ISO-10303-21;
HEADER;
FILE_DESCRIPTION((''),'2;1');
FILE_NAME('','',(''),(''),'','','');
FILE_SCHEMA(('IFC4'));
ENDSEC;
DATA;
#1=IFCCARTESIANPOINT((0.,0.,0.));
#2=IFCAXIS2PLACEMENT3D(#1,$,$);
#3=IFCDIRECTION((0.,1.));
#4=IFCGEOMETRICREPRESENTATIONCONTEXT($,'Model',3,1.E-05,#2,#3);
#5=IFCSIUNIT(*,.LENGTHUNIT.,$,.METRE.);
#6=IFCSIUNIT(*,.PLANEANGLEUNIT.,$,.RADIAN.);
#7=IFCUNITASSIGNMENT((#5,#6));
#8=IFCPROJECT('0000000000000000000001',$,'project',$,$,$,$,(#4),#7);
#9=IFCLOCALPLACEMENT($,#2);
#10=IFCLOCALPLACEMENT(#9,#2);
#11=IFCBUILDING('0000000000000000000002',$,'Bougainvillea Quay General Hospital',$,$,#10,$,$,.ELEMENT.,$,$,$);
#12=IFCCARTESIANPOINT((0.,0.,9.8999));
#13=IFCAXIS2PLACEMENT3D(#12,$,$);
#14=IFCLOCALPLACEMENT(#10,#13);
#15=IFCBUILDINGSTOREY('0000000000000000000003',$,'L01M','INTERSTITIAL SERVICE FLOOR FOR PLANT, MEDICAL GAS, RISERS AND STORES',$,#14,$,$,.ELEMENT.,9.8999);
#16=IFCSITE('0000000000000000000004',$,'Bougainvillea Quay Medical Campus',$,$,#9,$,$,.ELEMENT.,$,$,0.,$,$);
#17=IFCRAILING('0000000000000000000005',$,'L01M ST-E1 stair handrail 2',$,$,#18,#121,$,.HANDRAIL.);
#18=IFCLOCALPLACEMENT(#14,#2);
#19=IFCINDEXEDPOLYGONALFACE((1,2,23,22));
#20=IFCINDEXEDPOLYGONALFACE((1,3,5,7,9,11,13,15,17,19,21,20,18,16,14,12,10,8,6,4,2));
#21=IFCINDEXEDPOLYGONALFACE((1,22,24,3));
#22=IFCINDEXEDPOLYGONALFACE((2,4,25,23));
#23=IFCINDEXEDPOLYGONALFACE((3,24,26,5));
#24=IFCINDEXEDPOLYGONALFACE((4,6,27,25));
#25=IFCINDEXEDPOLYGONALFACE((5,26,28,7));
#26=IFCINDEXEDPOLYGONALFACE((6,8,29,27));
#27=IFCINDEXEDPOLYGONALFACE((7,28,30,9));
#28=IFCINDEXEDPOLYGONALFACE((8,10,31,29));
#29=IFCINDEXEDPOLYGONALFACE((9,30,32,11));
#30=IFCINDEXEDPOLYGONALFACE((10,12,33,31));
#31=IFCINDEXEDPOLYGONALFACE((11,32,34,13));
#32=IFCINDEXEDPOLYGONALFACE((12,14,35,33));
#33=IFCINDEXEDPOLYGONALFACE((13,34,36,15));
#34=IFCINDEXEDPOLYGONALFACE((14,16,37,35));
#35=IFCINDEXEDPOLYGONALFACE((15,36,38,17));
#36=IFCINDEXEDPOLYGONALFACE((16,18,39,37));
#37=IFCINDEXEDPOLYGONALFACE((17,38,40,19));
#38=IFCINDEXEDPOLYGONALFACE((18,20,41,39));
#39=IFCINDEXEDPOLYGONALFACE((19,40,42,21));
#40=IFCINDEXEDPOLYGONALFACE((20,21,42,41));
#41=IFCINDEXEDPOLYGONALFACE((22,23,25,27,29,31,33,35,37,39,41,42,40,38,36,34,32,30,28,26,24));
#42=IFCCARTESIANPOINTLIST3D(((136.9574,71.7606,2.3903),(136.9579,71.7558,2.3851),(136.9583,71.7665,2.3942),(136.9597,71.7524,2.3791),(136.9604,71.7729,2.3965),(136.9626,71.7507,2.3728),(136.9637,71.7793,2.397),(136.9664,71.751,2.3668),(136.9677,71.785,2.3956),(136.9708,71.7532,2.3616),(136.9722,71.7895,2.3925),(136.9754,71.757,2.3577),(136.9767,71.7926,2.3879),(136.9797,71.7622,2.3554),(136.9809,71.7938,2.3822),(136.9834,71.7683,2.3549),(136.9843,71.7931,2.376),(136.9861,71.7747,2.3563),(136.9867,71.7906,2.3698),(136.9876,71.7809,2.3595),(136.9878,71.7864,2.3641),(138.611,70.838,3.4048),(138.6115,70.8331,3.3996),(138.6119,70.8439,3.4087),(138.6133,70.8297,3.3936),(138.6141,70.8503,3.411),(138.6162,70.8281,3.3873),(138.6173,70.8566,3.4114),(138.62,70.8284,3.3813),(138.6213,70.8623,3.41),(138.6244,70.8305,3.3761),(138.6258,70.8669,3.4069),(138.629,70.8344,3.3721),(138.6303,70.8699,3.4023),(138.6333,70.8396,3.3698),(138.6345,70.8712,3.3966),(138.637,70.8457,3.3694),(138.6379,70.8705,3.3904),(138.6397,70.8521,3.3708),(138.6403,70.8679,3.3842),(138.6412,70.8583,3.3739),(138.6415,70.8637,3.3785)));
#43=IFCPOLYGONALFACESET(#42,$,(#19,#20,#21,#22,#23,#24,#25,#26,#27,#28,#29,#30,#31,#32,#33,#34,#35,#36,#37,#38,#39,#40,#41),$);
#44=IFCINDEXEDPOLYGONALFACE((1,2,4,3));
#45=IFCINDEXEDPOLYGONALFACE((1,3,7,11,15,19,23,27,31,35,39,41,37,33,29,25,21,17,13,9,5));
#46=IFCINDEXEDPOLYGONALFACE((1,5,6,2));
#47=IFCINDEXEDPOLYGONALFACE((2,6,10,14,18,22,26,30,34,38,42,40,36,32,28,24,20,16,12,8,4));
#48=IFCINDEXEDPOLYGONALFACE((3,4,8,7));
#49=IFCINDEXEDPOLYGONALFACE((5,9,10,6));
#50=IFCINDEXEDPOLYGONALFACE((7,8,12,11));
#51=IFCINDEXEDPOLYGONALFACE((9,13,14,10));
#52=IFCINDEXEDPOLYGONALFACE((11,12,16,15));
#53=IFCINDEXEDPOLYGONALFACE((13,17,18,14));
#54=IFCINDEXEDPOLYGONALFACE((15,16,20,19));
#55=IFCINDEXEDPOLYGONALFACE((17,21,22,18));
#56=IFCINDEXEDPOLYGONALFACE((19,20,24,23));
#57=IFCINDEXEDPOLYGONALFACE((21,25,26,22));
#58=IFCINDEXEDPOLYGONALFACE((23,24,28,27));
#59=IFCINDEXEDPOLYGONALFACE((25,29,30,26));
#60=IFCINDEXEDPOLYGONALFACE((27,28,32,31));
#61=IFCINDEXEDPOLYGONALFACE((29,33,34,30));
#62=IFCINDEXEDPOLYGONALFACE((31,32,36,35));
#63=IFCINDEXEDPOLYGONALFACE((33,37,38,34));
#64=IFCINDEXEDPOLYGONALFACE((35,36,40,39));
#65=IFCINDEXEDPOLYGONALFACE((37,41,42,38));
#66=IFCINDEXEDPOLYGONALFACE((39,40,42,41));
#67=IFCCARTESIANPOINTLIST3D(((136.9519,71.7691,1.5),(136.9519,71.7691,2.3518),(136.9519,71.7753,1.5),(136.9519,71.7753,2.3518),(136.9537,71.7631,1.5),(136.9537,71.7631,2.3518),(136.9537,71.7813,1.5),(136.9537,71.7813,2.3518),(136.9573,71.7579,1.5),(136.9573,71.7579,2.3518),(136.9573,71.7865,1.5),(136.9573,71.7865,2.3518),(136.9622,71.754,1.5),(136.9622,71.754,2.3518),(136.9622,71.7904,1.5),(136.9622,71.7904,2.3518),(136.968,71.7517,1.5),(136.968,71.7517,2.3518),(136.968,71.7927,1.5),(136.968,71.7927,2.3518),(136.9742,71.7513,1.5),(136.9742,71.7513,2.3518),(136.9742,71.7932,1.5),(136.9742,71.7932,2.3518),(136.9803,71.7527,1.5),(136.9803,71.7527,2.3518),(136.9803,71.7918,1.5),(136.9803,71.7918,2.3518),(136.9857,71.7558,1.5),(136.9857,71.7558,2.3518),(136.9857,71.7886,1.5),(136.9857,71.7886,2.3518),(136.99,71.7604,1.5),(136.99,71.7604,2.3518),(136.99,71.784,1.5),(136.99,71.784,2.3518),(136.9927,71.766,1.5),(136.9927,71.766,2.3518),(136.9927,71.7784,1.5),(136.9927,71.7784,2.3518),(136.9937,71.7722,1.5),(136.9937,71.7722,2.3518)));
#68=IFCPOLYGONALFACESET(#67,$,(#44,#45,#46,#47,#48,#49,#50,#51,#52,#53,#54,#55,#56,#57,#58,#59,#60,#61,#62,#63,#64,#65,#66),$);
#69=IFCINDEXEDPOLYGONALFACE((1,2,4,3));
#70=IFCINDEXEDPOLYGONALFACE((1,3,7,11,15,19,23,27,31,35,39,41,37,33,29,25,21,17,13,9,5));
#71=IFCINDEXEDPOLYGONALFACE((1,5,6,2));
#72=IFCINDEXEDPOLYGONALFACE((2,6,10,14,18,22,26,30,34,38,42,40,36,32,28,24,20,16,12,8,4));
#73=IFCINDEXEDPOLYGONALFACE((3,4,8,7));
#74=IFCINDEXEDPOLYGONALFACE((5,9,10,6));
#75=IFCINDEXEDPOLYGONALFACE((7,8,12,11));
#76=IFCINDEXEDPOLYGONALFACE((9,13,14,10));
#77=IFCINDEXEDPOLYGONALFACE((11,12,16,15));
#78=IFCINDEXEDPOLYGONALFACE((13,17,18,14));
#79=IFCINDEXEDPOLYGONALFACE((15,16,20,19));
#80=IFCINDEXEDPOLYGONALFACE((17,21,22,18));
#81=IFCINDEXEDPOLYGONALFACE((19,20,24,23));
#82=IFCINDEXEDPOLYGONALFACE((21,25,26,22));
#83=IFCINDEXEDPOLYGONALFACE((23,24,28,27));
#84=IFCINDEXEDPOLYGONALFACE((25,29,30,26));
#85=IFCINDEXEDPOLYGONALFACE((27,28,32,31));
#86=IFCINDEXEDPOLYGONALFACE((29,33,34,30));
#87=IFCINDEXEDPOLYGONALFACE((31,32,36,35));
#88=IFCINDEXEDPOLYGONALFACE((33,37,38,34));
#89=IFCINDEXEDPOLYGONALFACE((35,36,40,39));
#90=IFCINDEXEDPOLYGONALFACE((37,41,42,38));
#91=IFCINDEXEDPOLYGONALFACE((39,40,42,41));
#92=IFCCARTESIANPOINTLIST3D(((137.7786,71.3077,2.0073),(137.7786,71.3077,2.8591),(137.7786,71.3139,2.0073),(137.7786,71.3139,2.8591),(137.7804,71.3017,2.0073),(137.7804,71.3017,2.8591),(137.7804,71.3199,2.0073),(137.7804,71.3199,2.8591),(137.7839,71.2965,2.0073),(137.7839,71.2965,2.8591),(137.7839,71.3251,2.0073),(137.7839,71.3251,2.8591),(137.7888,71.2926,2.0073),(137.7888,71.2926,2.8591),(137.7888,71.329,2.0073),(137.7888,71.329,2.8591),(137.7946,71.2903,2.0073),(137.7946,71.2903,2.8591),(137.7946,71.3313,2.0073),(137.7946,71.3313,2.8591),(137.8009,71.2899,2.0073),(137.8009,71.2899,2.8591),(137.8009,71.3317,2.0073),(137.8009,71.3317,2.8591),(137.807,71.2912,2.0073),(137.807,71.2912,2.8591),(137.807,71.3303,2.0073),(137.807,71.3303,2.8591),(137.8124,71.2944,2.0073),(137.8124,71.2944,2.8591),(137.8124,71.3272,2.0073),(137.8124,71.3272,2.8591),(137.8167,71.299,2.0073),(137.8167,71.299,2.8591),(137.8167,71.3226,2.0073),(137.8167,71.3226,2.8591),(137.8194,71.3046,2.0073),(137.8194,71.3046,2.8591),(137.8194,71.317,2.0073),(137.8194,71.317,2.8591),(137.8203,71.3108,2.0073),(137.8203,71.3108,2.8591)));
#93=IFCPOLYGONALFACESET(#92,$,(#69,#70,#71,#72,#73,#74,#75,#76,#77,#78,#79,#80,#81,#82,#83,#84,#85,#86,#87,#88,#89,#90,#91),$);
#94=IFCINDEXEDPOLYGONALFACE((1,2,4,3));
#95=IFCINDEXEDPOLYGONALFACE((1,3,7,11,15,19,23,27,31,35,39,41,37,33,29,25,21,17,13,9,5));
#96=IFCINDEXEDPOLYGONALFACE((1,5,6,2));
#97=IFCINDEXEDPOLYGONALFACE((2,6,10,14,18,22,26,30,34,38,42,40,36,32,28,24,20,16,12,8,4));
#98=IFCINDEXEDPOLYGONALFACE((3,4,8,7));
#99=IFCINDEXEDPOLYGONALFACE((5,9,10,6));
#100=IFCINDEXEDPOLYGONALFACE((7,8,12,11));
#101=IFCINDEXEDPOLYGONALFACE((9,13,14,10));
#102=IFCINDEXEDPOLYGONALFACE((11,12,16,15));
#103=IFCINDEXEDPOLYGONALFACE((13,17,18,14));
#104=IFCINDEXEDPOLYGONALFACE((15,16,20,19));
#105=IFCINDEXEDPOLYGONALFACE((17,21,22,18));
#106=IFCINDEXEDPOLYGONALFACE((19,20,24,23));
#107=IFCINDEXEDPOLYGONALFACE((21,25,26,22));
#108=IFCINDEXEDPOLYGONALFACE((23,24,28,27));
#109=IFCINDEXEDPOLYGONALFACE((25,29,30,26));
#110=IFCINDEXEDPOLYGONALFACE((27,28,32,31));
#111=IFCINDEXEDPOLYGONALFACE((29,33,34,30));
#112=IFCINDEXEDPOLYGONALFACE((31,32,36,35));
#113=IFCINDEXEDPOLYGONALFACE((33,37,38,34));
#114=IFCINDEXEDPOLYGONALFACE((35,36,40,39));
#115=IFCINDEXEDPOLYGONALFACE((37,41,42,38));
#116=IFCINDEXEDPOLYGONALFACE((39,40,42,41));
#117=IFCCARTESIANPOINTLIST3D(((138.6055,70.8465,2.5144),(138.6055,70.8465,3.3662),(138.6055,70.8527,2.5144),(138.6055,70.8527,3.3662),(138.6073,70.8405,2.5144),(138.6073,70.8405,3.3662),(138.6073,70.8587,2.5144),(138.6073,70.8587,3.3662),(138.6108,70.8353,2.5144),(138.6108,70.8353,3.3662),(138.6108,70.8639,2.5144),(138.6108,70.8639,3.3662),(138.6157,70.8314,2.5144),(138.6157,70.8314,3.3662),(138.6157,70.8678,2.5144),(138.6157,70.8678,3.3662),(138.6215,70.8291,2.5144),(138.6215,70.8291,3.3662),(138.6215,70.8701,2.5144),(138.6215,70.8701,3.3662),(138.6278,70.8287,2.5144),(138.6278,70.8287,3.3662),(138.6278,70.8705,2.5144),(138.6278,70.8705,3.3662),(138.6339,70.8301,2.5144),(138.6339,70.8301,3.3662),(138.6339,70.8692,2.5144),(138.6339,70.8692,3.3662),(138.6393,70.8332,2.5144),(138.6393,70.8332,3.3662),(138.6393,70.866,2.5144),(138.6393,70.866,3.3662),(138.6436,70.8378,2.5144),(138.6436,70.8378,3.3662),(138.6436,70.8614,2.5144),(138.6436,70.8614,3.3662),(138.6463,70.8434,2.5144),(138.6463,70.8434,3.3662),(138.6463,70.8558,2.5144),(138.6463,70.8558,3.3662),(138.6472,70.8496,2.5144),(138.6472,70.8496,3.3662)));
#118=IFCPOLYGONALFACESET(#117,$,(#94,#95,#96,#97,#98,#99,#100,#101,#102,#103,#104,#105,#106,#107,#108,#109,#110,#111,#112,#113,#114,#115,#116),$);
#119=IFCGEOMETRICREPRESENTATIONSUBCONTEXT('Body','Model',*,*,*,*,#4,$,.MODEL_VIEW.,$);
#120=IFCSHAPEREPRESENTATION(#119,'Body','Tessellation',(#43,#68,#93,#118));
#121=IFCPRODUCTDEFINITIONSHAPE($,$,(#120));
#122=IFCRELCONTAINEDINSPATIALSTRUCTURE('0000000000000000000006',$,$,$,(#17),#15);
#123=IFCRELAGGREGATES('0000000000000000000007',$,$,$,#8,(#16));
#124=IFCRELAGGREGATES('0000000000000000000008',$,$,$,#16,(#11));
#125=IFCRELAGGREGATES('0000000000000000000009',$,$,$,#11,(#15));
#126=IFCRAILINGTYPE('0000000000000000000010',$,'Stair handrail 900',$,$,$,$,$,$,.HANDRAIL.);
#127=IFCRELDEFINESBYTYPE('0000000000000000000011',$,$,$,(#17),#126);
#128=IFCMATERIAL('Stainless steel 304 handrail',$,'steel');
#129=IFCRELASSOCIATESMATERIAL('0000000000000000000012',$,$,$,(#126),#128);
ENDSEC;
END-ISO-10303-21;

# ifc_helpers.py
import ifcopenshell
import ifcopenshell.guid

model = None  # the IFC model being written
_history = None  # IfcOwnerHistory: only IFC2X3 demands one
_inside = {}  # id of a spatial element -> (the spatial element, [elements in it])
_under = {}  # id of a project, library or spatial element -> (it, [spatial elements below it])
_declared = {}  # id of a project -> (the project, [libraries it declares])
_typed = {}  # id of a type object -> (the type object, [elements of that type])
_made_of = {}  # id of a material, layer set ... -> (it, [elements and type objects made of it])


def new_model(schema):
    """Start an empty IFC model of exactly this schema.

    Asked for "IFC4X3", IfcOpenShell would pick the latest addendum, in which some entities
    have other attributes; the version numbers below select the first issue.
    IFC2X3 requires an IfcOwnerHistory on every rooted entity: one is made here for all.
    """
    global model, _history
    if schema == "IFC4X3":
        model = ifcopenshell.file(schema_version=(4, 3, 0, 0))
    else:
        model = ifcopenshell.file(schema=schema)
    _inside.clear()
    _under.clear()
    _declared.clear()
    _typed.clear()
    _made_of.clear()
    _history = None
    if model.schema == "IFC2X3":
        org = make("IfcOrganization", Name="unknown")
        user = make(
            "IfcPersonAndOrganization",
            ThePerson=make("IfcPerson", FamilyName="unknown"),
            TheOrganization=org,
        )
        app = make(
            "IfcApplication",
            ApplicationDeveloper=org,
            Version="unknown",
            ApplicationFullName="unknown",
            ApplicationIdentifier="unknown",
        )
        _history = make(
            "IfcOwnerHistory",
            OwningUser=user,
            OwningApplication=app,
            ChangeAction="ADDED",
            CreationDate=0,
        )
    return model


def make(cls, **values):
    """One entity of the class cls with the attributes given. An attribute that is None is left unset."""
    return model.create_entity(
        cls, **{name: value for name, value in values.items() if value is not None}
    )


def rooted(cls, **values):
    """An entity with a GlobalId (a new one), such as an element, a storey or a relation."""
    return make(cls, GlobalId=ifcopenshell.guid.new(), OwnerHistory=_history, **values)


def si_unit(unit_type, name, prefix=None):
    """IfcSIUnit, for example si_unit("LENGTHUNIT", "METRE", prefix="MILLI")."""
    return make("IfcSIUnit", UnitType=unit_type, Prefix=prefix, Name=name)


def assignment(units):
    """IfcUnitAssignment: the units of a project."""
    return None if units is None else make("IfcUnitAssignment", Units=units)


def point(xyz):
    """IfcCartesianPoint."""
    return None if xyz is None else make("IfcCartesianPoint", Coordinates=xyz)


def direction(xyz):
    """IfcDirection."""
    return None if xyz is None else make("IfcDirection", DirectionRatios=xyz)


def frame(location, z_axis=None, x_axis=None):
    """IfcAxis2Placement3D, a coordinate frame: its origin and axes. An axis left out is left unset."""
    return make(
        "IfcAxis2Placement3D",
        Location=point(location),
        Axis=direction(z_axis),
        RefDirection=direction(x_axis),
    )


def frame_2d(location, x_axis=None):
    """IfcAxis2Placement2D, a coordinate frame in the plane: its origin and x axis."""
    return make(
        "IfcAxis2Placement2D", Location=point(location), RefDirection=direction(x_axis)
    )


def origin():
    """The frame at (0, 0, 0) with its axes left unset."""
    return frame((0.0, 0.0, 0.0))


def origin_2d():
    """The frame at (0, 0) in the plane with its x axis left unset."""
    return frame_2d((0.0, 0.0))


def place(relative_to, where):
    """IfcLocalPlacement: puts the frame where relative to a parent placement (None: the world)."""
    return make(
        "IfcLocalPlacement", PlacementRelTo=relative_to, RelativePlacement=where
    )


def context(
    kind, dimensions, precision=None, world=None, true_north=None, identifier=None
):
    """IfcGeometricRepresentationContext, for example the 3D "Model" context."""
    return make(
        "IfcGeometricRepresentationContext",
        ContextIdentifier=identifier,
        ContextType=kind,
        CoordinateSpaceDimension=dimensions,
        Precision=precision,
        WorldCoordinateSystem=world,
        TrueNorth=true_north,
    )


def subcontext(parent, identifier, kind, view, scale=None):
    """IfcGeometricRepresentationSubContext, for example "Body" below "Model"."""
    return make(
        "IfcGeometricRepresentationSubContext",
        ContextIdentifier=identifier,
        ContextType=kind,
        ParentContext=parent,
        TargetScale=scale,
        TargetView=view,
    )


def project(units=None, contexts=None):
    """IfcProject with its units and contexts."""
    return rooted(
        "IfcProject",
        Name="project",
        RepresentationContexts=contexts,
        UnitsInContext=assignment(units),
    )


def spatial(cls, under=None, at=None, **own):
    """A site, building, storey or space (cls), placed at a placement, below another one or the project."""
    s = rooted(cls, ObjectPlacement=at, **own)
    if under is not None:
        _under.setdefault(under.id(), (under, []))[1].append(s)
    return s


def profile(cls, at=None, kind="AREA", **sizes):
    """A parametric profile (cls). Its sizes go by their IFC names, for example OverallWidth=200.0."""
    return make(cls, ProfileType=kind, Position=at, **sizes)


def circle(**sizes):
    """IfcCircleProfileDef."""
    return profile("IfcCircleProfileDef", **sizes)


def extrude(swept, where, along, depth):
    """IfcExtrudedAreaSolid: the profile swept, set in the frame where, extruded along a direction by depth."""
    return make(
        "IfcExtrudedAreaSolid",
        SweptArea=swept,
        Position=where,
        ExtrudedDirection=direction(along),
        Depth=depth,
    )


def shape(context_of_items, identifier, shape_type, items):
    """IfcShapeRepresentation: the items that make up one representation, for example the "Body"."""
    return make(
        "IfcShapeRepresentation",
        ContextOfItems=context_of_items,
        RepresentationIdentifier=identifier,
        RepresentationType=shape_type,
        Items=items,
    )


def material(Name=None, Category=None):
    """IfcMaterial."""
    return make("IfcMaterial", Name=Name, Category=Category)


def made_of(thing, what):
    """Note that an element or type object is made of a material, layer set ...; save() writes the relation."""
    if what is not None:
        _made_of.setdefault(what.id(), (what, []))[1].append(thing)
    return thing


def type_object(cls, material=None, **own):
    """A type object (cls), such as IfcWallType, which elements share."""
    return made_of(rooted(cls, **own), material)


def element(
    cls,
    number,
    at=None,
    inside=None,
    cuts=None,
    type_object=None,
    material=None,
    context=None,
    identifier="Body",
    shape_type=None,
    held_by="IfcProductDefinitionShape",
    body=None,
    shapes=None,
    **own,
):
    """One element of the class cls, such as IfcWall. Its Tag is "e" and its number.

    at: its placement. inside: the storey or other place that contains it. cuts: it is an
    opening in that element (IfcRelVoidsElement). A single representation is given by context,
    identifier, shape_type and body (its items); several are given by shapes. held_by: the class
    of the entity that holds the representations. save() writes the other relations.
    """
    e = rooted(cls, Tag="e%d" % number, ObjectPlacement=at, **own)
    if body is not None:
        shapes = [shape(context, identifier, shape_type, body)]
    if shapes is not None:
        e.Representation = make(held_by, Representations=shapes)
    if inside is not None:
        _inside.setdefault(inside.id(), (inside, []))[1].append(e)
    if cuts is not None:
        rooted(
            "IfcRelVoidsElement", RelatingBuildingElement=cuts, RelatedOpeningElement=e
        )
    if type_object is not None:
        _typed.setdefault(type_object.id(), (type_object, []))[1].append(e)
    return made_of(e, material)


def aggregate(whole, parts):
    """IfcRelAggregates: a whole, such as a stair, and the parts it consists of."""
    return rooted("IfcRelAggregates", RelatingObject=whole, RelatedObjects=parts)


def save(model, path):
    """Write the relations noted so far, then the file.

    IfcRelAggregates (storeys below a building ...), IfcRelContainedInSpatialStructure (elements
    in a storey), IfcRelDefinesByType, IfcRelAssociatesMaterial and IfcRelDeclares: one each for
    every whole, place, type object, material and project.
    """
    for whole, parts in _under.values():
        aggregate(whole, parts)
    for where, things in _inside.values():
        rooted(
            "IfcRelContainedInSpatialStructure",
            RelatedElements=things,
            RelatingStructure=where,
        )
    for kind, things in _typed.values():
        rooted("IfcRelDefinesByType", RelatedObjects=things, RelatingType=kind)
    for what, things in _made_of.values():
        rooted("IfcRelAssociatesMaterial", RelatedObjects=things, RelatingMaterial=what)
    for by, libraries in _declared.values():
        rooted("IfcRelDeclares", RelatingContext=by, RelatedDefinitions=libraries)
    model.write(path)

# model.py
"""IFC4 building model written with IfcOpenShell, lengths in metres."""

from ifc_helpers import new_model, si_unit, direction, frame, origin, origin_2d, place, context, subcontext, project, spatial, circle, extrude, material, type_object, element, save


model = new_model("IFC4")

# Units and contexts
model_context = context("Model", 3, precision=1e-05, world=origin(), true_north=direction((0.0, 1.0)))
body_context = subcontext(model_context, "Body", "Model", "MODEL_VIEW")
ifc_project = project(units=[si_unit("LENGTHUNIT", "METRE"), si_unit("PLANEANGLEUNIT", "RADIAN")], contexts=[model_context])

# Site, building, storey
site_placement = place(None, origin())
site = spatial("IfcSite", under=ifc_project, at=site_placement, Name="Bougainvillea Quay Medical Campus", CompositionType="ELEMENT", RefElevation=0.0)
building_placement = place(site_placement, origin())
building = spatial("IfcBuilding", under=site, at=building_placement, Name="Bougainvillea Quay General Hospital", CompositionType="ELEMENT")
storey_placement = place(building_placement, frame((0.0, 0.0, 9.8999)))
storey = spatial("IfcBuildingStorey", under=building, at=storey_placement, Name="L01M", Description="INTERSTITIAL SERVICE FLOOR FOR PLANT, MEDICAL GAS, RISERS AND STORES", CompositionType="ELEMENT", Elevation=9.8999)

# Railing
ifc_material_1 = material(Name="Stainless steel 304 handrail", Category="steel")
railing_type = type_object("IfcRailingType", Name="Stair handrail 900", PredefinedType="HANDRAIL", material=ifc_material_1)
railing_placement = place(storey_placement, frame((136.9727, 71.7722, 1.5)))
element("IfcRailing", 1, at=railing_placement, inside=storey, type_object=railing_type, Name="L01M ST-E1 stair handrail 2", PredefinedType="HANDRAIL", context=body_context, shape_type="SweptSolid", body=[
    extrude(circle(Radius=0.0239, at=origin_2d()), frame((0.0, 0.0, 0.876), z_axis=(0.769766, -0.429492, 0.472225), x_axis=(0.48724, 0.873268, 0.0)), (0.0, 0.0, 1.0), 2.1482),
    extrude(circle(Radius=0.021, at=origin_2d()), origin(), (0.0, 0.0, 1.0), 0.8518),
    extrude(circle(Radius=0.021, at=origin_2d()), frame((0.8267, -0.4614, 0.5073)), (0.0, 0.0, 1.0), 0.8518),
    extrude(circle(Radius=0.021, at=origin_2d()), frame((1.6536, -0.9226, 1.0144)), (0.0, 0.0, 1.0), 0.8518),
])

save(model, "model.ifc")
